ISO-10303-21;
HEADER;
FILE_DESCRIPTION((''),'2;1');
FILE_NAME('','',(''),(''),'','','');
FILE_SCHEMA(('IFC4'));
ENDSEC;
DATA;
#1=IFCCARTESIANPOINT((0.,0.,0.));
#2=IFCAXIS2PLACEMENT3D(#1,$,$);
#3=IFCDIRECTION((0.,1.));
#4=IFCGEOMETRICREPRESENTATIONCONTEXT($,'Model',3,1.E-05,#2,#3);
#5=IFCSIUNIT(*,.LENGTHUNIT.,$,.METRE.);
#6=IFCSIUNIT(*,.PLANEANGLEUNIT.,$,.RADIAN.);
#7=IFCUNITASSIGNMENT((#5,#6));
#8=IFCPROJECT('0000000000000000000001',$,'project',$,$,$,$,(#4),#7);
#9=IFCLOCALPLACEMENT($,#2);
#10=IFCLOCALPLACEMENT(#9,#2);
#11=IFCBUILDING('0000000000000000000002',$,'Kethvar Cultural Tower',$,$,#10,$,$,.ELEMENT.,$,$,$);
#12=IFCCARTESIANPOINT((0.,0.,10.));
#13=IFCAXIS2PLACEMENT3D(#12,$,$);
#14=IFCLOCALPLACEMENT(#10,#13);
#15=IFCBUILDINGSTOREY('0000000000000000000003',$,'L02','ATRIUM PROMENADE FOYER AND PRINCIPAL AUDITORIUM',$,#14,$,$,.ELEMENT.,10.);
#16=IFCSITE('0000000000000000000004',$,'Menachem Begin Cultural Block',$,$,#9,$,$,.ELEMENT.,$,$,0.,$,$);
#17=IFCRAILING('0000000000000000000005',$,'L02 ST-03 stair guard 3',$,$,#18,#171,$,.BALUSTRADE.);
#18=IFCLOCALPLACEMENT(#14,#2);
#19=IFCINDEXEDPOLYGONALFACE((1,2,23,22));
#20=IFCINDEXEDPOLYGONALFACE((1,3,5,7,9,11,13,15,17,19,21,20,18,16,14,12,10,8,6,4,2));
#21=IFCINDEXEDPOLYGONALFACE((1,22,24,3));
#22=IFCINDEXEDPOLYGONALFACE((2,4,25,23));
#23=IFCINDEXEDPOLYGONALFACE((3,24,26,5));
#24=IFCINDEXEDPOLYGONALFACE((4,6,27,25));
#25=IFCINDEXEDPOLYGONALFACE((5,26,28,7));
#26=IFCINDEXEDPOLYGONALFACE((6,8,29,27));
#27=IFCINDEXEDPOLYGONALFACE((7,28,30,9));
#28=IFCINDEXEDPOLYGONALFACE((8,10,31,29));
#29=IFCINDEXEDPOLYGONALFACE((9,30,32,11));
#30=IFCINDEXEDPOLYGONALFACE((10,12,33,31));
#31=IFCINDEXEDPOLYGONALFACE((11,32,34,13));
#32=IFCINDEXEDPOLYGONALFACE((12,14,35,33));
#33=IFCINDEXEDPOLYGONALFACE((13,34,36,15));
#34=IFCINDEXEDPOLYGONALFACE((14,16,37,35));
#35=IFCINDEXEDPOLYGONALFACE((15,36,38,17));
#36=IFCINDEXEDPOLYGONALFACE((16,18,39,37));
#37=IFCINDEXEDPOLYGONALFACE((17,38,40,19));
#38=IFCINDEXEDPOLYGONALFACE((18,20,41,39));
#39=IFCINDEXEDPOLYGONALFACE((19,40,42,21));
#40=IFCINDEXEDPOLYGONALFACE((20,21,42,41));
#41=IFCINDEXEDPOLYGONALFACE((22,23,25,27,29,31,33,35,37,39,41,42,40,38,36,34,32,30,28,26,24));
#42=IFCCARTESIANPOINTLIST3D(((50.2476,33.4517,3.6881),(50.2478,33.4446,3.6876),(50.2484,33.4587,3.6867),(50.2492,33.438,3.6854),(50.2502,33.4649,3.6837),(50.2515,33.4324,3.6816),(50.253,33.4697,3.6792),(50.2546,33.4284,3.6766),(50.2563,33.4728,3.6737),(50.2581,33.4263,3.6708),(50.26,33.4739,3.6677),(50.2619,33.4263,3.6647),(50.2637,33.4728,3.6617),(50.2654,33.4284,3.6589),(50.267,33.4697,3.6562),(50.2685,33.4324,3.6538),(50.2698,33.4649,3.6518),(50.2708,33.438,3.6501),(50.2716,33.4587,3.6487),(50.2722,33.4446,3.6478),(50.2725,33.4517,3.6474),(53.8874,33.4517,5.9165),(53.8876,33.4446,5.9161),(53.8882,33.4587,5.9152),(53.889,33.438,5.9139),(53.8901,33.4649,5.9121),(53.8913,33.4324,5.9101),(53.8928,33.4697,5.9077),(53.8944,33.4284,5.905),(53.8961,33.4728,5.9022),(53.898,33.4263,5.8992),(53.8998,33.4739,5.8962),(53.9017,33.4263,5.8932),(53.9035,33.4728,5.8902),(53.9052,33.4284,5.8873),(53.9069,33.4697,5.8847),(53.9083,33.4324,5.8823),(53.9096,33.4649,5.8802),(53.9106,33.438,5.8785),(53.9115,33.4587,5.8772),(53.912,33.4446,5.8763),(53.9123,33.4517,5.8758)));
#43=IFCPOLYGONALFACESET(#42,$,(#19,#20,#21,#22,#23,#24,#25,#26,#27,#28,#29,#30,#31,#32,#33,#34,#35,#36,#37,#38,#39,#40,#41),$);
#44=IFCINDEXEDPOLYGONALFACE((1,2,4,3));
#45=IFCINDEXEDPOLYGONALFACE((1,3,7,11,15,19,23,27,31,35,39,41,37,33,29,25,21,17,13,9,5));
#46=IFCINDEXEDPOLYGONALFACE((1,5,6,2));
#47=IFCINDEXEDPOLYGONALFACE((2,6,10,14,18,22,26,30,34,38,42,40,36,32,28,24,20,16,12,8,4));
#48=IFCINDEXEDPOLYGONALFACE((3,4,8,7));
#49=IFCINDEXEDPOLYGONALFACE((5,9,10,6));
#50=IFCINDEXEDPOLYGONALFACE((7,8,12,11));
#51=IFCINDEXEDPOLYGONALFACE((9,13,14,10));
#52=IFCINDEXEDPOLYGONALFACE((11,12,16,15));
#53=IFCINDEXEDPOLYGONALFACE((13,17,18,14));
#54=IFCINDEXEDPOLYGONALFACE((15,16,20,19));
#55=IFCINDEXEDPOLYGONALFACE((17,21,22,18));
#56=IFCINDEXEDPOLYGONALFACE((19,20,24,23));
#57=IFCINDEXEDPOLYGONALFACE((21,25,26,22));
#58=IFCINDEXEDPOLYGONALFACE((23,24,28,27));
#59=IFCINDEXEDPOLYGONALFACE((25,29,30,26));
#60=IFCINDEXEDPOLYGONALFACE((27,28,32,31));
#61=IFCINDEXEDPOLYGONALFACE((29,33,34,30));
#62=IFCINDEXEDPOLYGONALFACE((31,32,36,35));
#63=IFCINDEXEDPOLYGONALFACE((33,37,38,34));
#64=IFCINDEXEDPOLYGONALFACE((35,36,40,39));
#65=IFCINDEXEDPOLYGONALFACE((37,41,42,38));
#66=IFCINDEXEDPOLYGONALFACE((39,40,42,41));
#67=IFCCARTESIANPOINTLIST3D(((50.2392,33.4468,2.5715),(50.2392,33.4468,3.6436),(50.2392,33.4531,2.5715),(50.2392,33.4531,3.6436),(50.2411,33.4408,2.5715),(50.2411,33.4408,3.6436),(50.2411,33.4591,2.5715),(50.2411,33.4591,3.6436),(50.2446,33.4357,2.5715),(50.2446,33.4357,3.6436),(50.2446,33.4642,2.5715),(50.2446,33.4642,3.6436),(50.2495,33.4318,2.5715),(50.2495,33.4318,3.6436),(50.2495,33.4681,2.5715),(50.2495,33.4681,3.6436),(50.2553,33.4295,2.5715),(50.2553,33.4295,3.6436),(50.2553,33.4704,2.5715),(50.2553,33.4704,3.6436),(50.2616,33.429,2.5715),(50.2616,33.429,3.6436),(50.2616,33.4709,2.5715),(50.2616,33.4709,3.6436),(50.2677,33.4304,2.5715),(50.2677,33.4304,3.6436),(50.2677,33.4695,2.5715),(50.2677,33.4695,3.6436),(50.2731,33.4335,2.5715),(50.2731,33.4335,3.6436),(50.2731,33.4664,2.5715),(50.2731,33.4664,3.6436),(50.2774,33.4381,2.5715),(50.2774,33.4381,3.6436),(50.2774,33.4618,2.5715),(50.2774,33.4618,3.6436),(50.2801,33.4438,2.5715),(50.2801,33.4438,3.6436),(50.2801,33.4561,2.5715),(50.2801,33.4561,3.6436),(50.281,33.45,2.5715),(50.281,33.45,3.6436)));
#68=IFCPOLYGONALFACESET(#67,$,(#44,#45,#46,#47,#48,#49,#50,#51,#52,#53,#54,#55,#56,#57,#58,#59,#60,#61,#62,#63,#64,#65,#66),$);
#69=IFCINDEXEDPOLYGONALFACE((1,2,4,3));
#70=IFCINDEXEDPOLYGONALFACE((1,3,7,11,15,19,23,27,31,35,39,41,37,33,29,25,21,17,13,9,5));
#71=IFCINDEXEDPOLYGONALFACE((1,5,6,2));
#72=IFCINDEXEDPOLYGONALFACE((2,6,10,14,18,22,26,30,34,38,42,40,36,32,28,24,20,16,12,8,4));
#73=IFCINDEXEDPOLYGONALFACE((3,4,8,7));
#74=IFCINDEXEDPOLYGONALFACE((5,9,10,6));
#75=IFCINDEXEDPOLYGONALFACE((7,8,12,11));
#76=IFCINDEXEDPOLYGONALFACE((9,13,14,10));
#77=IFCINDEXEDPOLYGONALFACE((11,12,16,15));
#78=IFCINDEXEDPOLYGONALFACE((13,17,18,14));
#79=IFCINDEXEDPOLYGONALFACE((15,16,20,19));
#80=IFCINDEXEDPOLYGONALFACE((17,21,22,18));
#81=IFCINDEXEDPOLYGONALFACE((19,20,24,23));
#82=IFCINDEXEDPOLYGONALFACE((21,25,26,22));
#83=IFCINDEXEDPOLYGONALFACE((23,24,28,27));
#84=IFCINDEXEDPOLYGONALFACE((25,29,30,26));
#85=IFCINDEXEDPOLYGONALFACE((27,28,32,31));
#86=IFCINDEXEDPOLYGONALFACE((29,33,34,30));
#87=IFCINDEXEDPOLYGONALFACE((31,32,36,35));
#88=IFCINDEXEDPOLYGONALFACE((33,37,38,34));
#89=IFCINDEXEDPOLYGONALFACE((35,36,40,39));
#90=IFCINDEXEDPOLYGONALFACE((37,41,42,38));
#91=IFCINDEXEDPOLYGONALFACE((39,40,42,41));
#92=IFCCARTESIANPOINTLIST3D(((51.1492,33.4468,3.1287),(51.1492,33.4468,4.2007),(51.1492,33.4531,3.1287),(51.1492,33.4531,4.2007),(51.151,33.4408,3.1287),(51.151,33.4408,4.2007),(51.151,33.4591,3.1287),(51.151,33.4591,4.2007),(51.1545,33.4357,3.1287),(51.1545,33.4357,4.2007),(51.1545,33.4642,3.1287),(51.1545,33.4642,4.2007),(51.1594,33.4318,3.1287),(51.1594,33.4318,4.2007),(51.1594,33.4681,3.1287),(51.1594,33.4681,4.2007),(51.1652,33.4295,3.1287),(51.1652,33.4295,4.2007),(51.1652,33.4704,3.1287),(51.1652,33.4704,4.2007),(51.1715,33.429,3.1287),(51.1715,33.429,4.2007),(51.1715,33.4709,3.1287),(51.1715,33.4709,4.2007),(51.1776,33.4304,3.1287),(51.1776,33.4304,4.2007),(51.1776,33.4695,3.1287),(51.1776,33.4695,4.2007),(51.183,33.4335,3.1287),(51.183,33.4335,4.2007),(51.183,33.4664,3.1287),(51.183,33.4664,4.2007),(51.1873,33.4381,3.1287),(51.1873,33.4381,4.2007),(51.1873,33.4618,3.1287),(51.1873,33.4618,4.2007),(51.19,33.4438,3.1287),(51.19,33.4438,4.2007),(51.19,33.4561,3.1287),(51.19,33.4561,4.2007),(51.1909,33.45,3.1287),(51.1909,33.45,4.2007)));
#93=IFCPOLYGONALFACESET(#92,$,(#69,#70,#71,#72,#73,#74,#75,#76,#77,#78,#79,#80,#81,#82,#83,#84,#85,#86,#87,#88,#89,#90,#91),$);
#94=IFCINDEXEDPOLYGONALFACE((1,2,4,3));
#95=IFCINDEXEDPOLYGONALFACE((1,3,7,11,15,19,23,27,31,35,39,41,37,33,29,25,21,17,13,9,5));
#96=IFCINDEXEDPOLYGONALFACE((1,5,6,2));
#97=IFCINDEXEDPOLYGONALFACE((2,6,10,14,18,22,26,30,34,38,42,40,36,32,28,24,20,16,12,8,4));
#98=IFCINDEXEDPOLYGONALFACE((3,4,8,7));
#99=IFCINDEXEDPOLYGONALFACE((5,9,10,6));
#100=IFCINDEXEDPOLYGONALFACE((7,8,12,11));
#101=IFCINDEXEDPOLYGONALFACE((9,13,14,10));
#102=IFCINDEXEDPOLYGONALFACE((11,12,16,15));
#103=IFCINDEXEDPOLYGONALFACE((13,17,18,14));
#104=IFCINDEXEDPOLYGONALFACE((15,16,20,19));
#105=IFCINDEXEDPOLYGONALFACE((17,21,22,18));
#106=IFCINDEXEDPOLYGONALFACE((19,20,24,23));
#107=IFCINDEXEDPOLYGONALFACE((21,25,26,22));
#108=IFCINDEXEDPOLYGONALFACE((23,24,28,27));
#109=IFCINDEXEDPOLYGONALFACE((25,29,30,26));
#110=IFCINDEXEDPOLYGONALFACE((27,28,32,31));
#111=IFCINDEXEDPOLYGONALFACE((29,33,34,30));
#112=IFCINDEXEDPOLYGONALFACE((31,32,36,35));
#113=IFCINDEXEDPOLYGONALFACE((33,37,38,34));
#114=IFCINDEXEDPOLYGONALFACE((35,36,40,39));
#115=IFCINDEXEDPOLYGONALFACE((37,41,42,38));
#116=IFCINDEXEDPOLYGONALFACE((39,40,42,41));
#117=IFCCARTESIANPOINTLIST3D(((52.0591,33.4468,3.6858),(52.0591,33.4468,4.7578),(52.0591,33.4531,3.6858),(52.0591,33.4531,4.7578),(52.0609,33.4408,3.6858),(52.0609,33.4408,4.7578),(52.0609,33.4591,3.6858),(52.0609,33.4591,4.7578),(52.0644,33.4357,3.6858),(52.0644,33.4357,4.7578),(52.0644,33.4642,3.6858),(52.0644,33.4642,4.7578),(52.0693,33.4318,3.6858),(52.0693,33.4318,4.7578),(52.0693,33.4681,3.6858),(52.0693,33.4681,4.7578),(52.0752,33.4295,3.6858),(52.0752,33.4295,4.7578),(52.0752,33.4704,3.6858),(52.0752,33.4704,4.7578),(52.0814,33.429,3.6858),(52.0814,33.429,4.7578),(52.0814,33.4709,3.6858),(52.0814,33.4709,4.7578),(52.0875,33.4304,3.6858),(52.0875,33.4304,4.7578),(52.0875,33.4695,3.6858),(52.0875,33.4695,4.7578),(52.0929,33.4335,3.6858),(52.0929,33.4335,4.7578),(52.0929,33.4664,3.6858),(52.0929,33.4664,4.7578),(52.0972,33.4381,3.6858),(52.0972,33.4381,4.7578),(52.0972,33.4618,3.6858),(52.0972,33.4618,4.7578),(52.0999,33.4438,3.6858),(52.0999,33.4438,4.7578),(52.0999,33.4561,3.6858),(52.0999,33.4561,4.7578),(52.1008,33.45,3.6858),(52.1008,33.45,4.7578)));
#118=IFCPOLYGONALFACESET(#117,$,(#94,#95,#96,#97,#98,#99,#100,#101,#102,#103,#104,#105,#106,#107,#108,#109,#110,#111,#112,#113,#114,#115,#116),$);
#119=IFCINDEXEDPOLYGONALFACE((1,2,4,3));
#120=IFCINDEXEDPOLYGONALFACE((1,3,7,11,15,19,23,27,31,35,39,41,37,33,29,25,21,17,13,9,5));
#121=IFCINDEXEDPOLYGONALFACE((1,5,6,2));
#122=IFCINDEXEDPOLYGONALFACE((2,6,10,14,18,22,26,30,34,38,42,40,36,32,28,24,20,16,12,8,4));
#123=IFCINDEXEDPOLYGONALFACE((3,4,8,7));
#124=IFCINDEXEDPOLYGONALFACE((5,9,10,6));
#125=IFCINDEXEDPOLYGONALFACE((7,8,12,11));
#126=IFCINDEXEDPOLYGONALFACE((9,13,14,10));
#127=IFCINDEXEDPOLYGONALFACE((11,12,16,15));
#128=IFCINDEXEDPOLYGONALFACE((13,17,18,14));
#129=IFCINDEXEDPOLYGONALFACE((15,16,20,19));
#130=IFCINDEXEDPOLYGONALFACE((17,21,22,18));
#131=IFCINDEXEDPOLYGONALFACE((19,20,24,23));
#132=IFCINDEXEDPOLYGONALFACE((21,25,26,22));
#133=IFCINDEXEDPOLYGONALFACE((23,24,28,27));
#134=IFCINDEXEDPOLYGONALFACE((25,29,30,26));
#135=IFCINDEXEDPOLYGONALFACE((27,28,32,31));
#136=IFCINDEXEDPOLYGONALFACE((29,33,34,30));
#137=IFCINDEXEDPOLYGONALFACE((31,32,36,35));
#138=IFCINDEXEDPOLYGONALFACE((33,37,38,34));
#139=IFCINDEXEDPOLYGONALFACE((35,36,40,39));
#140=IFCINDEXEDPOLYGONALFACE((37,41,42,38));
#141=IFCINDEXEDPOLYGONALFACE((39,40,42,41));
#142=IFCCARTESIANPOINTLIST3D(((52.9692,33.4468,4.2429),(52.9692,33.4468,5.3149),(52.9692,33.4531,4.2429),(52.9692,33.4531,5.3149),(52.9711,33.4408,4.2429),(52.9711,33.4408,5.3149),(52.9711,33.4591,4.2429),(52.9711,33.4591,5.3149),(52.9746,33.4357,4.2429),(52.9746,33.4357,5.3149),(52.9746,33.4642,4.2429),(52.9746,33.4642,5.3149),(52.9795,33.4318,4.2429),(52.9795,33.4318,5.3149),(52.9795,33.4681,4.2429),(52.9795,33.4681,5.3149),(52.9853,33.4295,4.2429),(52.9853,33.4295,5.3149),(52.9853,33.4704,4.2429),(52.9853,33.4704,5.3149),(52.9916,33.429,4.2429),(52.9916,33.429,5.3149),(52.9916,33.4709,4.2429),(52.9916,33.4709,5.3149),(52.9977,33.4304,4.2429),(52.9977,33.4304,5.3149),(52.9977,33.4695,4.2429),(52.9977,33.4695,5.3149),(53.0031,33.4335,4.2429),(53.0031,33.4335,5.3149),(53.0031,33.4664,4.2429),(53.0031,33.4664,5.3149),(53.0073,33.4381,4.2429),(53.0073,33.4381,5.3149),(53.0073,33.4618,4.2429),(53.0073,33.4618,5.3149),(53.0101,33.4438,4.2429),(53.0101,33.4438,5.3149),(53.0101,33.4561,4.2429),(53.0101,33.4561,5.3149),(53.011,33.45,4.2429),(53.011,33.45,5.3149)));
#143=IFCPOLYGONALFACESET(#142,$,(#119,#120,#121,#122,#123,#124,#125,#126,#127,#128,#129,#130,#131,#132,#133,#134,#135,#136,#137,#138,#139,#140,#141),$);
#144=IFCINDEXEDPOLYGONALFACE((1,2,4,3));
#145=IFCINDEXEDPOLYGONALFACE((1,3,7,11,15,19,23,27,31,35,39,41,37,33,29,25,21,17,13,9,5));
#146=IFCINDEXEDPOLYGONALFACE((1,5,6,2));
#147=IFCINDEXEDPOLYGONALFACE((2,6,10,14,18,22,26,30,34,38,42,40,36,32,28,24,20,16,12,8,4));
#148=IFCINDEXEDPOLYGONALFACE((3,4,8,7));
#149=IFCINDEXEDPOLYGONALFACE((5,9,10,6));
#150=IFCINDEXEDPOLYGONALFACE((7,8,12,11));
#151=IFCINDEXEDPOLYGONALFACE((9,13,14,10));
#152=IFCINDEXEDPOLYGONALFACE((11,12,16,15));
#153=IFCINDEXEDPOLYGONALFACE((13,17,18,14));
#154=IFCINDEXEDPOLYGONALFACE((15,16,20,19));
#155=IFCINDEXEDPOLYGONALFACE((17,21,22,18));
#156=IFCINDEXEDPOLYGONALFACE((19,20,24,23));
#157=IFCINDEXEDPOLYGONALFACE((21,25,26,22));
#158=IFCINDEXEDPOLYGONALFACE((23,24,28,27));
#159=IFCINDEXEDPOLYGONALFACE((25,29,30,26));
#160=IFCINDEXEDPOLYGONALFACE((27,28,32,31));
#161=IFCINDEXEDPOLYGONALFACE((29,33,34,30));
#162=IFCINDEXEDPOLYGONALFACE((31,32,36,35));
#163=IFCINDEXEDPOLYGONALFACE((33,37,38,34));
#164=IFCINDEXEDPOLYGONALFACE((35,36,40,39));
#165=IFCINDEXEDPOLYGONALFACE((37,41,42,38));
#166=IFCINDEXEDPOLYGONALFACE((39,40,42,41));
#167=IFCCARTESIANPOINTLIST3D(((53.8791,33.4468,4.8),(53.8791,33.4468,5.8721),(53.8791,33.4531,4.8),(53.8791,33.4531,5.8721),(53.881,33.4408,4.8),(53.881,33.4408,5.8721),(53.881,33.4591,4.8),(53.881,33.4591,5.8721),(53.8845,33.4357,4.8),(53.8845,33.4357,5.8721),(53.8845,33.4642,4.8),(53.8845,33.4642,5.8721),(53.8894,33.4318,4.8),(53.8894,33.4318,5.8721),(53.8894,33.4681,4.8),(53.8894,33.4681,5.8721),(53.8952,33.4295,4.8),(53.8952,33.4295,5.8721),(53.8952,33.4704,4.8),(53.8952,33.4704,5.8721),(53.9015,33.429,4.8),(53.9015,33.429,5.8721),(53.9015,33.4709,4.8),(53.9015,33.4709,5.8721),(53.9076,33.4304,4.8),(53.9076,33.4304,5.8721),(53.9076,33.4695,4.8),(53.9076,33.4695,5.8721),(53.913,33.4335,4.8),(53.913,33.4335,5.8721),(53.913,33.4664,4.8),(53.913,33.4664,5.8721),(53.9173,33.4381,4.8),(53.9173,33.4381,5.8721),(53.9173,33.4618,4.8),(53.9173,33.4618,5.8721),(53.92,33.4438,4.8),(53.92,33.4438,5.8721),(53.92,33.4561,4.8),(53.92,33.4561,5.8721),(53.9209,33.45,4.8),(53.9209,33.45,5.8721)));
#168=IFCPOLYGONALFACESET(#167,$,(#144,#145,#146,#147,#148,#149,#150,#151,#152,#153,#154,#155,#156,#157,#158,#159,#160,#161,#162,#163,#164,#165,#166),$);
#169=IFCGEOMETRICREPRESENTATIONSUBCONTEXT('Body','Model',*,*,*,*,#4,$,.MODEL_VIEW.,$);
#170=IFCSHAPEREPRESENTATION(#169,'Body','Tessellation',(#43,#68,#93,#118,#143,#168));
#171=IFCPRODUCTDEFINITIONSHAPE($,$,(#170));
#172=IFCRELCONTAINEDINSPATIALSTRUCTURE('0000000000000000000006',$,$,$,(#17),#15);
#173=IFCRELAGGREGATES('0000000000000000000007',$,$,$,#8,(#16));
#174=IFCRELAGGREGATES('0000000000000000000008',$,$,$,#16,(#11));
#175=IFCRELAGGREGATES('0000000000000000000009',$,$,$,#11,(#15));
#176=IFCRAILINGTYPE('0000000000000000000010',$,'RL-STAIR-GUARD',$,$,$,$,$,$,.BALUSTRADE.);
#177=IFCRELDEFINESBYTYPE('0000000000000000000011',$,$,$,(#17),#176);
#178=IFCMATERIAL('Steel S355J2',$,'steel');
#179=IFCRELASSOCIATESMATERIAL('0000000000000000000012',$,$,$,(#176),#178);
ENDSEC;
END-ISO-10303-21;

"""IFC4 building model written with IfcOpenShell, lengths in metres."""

from ifc_helpers import new_model, si_unit, direction, frame, origin, origin_2d, place, context, subcontext, project, spatial, circle, extrude, material, type_object, element, save


model = new_model("IFC4")

# Units and contexts
model_context = context("Model", 3, precision=1e-05, world=origin(), true_north=direction((0.0, 1.0)))
body_context = subcontext(model_context, "Body", "Model", "MODEL_VIEW")
ifc_project = project(units=[si_unit("LENGTHUNIT", "METRE"), si_unit("PLANEANGLEUNIT", "RADIAN")], contexts=[model_context])

# Site, building, storey
site_placement = place(None, origin())
site = spatial("IfcSite", under=ifc_project, at=site_placement, Name="Menachem Begin Cultural Block", CompositionType="ELEMENT", RefElevation=0.0)
building_placement = place(site_placement, origin())
building = spatial("IfcBuilding", under=site, at=building_placement, Name="Kethvar Cultural Tower", CompositionType="ELEMENT")
storey_placement = place(building_placement, frame((0.0, 0.0, 10.0)))
storey = spatial("IfcBuildingStorey", under=building, at=storey_placement, Name="L02", Description="ATRIUM PROMENADE FOYER AND PRINCIPAL AUDITORIUM", CompositionType="ELEMENT", Elevation=10.0)

# Shared definitions
ifc_material_1 = material(Name="Steel S355J2", Category="steel")

# Railing
railing_type_1 = type_object("IfcRailingType", Name="RL-STAIR-GUARD", PredefinedType="BALUSTRADE", material=ifc_material_1)
railing_1_placement = place(storey_placement, frame((50.26, 33.45, 2.5715)))
element("IfcRailing", 1, at=railing_1_placement, inside=storey, type_object=railing_type_1, Name="L02 ST-03 stair guard 3", PredefinedType="BALUSTRADE", context=body_context, shape_type="SweptSolid", body=[
    extrude(circle(Radius=0.0239, at=origin_2d()), frame((0.0, 0.0, 1.0962), z_axis=(0.85285, 0.0, 0.522156), x_axis=(0.0, 1.0, 0.0)), (0.0, 0.0, 1.0), 4.2678),
    extrude(circle(Radius=0.021, at=origin_2d()), origin(), (0.0, 0.0, 1.0), 1.072),
    extrude(circle(Radius=0.021, at=origin_2d()), frame((0.9099, 0.0, 0.5571)), (0.0, 0.0, 1.0), 1.072),
    extrude(circle(Radius=0.021, at=origin_2d()), frame((1.8198, 0.0, 1.1143)), (0.0, 0.0, 1.0), 1.072),
    extrude(circle(Radius=0.021, at=origin_2d()), frame((2.73, 0.0, 1.6714)), (0.0, 0.0, 1.0), 1.072),
    extrude(circle(Radius=0.021, at=origin_2d()), frame((3.6399, 0.0, 2.2285)), (0.0, 0.0, 1.0), 1.072),
])

save(model, "model.ifc")
